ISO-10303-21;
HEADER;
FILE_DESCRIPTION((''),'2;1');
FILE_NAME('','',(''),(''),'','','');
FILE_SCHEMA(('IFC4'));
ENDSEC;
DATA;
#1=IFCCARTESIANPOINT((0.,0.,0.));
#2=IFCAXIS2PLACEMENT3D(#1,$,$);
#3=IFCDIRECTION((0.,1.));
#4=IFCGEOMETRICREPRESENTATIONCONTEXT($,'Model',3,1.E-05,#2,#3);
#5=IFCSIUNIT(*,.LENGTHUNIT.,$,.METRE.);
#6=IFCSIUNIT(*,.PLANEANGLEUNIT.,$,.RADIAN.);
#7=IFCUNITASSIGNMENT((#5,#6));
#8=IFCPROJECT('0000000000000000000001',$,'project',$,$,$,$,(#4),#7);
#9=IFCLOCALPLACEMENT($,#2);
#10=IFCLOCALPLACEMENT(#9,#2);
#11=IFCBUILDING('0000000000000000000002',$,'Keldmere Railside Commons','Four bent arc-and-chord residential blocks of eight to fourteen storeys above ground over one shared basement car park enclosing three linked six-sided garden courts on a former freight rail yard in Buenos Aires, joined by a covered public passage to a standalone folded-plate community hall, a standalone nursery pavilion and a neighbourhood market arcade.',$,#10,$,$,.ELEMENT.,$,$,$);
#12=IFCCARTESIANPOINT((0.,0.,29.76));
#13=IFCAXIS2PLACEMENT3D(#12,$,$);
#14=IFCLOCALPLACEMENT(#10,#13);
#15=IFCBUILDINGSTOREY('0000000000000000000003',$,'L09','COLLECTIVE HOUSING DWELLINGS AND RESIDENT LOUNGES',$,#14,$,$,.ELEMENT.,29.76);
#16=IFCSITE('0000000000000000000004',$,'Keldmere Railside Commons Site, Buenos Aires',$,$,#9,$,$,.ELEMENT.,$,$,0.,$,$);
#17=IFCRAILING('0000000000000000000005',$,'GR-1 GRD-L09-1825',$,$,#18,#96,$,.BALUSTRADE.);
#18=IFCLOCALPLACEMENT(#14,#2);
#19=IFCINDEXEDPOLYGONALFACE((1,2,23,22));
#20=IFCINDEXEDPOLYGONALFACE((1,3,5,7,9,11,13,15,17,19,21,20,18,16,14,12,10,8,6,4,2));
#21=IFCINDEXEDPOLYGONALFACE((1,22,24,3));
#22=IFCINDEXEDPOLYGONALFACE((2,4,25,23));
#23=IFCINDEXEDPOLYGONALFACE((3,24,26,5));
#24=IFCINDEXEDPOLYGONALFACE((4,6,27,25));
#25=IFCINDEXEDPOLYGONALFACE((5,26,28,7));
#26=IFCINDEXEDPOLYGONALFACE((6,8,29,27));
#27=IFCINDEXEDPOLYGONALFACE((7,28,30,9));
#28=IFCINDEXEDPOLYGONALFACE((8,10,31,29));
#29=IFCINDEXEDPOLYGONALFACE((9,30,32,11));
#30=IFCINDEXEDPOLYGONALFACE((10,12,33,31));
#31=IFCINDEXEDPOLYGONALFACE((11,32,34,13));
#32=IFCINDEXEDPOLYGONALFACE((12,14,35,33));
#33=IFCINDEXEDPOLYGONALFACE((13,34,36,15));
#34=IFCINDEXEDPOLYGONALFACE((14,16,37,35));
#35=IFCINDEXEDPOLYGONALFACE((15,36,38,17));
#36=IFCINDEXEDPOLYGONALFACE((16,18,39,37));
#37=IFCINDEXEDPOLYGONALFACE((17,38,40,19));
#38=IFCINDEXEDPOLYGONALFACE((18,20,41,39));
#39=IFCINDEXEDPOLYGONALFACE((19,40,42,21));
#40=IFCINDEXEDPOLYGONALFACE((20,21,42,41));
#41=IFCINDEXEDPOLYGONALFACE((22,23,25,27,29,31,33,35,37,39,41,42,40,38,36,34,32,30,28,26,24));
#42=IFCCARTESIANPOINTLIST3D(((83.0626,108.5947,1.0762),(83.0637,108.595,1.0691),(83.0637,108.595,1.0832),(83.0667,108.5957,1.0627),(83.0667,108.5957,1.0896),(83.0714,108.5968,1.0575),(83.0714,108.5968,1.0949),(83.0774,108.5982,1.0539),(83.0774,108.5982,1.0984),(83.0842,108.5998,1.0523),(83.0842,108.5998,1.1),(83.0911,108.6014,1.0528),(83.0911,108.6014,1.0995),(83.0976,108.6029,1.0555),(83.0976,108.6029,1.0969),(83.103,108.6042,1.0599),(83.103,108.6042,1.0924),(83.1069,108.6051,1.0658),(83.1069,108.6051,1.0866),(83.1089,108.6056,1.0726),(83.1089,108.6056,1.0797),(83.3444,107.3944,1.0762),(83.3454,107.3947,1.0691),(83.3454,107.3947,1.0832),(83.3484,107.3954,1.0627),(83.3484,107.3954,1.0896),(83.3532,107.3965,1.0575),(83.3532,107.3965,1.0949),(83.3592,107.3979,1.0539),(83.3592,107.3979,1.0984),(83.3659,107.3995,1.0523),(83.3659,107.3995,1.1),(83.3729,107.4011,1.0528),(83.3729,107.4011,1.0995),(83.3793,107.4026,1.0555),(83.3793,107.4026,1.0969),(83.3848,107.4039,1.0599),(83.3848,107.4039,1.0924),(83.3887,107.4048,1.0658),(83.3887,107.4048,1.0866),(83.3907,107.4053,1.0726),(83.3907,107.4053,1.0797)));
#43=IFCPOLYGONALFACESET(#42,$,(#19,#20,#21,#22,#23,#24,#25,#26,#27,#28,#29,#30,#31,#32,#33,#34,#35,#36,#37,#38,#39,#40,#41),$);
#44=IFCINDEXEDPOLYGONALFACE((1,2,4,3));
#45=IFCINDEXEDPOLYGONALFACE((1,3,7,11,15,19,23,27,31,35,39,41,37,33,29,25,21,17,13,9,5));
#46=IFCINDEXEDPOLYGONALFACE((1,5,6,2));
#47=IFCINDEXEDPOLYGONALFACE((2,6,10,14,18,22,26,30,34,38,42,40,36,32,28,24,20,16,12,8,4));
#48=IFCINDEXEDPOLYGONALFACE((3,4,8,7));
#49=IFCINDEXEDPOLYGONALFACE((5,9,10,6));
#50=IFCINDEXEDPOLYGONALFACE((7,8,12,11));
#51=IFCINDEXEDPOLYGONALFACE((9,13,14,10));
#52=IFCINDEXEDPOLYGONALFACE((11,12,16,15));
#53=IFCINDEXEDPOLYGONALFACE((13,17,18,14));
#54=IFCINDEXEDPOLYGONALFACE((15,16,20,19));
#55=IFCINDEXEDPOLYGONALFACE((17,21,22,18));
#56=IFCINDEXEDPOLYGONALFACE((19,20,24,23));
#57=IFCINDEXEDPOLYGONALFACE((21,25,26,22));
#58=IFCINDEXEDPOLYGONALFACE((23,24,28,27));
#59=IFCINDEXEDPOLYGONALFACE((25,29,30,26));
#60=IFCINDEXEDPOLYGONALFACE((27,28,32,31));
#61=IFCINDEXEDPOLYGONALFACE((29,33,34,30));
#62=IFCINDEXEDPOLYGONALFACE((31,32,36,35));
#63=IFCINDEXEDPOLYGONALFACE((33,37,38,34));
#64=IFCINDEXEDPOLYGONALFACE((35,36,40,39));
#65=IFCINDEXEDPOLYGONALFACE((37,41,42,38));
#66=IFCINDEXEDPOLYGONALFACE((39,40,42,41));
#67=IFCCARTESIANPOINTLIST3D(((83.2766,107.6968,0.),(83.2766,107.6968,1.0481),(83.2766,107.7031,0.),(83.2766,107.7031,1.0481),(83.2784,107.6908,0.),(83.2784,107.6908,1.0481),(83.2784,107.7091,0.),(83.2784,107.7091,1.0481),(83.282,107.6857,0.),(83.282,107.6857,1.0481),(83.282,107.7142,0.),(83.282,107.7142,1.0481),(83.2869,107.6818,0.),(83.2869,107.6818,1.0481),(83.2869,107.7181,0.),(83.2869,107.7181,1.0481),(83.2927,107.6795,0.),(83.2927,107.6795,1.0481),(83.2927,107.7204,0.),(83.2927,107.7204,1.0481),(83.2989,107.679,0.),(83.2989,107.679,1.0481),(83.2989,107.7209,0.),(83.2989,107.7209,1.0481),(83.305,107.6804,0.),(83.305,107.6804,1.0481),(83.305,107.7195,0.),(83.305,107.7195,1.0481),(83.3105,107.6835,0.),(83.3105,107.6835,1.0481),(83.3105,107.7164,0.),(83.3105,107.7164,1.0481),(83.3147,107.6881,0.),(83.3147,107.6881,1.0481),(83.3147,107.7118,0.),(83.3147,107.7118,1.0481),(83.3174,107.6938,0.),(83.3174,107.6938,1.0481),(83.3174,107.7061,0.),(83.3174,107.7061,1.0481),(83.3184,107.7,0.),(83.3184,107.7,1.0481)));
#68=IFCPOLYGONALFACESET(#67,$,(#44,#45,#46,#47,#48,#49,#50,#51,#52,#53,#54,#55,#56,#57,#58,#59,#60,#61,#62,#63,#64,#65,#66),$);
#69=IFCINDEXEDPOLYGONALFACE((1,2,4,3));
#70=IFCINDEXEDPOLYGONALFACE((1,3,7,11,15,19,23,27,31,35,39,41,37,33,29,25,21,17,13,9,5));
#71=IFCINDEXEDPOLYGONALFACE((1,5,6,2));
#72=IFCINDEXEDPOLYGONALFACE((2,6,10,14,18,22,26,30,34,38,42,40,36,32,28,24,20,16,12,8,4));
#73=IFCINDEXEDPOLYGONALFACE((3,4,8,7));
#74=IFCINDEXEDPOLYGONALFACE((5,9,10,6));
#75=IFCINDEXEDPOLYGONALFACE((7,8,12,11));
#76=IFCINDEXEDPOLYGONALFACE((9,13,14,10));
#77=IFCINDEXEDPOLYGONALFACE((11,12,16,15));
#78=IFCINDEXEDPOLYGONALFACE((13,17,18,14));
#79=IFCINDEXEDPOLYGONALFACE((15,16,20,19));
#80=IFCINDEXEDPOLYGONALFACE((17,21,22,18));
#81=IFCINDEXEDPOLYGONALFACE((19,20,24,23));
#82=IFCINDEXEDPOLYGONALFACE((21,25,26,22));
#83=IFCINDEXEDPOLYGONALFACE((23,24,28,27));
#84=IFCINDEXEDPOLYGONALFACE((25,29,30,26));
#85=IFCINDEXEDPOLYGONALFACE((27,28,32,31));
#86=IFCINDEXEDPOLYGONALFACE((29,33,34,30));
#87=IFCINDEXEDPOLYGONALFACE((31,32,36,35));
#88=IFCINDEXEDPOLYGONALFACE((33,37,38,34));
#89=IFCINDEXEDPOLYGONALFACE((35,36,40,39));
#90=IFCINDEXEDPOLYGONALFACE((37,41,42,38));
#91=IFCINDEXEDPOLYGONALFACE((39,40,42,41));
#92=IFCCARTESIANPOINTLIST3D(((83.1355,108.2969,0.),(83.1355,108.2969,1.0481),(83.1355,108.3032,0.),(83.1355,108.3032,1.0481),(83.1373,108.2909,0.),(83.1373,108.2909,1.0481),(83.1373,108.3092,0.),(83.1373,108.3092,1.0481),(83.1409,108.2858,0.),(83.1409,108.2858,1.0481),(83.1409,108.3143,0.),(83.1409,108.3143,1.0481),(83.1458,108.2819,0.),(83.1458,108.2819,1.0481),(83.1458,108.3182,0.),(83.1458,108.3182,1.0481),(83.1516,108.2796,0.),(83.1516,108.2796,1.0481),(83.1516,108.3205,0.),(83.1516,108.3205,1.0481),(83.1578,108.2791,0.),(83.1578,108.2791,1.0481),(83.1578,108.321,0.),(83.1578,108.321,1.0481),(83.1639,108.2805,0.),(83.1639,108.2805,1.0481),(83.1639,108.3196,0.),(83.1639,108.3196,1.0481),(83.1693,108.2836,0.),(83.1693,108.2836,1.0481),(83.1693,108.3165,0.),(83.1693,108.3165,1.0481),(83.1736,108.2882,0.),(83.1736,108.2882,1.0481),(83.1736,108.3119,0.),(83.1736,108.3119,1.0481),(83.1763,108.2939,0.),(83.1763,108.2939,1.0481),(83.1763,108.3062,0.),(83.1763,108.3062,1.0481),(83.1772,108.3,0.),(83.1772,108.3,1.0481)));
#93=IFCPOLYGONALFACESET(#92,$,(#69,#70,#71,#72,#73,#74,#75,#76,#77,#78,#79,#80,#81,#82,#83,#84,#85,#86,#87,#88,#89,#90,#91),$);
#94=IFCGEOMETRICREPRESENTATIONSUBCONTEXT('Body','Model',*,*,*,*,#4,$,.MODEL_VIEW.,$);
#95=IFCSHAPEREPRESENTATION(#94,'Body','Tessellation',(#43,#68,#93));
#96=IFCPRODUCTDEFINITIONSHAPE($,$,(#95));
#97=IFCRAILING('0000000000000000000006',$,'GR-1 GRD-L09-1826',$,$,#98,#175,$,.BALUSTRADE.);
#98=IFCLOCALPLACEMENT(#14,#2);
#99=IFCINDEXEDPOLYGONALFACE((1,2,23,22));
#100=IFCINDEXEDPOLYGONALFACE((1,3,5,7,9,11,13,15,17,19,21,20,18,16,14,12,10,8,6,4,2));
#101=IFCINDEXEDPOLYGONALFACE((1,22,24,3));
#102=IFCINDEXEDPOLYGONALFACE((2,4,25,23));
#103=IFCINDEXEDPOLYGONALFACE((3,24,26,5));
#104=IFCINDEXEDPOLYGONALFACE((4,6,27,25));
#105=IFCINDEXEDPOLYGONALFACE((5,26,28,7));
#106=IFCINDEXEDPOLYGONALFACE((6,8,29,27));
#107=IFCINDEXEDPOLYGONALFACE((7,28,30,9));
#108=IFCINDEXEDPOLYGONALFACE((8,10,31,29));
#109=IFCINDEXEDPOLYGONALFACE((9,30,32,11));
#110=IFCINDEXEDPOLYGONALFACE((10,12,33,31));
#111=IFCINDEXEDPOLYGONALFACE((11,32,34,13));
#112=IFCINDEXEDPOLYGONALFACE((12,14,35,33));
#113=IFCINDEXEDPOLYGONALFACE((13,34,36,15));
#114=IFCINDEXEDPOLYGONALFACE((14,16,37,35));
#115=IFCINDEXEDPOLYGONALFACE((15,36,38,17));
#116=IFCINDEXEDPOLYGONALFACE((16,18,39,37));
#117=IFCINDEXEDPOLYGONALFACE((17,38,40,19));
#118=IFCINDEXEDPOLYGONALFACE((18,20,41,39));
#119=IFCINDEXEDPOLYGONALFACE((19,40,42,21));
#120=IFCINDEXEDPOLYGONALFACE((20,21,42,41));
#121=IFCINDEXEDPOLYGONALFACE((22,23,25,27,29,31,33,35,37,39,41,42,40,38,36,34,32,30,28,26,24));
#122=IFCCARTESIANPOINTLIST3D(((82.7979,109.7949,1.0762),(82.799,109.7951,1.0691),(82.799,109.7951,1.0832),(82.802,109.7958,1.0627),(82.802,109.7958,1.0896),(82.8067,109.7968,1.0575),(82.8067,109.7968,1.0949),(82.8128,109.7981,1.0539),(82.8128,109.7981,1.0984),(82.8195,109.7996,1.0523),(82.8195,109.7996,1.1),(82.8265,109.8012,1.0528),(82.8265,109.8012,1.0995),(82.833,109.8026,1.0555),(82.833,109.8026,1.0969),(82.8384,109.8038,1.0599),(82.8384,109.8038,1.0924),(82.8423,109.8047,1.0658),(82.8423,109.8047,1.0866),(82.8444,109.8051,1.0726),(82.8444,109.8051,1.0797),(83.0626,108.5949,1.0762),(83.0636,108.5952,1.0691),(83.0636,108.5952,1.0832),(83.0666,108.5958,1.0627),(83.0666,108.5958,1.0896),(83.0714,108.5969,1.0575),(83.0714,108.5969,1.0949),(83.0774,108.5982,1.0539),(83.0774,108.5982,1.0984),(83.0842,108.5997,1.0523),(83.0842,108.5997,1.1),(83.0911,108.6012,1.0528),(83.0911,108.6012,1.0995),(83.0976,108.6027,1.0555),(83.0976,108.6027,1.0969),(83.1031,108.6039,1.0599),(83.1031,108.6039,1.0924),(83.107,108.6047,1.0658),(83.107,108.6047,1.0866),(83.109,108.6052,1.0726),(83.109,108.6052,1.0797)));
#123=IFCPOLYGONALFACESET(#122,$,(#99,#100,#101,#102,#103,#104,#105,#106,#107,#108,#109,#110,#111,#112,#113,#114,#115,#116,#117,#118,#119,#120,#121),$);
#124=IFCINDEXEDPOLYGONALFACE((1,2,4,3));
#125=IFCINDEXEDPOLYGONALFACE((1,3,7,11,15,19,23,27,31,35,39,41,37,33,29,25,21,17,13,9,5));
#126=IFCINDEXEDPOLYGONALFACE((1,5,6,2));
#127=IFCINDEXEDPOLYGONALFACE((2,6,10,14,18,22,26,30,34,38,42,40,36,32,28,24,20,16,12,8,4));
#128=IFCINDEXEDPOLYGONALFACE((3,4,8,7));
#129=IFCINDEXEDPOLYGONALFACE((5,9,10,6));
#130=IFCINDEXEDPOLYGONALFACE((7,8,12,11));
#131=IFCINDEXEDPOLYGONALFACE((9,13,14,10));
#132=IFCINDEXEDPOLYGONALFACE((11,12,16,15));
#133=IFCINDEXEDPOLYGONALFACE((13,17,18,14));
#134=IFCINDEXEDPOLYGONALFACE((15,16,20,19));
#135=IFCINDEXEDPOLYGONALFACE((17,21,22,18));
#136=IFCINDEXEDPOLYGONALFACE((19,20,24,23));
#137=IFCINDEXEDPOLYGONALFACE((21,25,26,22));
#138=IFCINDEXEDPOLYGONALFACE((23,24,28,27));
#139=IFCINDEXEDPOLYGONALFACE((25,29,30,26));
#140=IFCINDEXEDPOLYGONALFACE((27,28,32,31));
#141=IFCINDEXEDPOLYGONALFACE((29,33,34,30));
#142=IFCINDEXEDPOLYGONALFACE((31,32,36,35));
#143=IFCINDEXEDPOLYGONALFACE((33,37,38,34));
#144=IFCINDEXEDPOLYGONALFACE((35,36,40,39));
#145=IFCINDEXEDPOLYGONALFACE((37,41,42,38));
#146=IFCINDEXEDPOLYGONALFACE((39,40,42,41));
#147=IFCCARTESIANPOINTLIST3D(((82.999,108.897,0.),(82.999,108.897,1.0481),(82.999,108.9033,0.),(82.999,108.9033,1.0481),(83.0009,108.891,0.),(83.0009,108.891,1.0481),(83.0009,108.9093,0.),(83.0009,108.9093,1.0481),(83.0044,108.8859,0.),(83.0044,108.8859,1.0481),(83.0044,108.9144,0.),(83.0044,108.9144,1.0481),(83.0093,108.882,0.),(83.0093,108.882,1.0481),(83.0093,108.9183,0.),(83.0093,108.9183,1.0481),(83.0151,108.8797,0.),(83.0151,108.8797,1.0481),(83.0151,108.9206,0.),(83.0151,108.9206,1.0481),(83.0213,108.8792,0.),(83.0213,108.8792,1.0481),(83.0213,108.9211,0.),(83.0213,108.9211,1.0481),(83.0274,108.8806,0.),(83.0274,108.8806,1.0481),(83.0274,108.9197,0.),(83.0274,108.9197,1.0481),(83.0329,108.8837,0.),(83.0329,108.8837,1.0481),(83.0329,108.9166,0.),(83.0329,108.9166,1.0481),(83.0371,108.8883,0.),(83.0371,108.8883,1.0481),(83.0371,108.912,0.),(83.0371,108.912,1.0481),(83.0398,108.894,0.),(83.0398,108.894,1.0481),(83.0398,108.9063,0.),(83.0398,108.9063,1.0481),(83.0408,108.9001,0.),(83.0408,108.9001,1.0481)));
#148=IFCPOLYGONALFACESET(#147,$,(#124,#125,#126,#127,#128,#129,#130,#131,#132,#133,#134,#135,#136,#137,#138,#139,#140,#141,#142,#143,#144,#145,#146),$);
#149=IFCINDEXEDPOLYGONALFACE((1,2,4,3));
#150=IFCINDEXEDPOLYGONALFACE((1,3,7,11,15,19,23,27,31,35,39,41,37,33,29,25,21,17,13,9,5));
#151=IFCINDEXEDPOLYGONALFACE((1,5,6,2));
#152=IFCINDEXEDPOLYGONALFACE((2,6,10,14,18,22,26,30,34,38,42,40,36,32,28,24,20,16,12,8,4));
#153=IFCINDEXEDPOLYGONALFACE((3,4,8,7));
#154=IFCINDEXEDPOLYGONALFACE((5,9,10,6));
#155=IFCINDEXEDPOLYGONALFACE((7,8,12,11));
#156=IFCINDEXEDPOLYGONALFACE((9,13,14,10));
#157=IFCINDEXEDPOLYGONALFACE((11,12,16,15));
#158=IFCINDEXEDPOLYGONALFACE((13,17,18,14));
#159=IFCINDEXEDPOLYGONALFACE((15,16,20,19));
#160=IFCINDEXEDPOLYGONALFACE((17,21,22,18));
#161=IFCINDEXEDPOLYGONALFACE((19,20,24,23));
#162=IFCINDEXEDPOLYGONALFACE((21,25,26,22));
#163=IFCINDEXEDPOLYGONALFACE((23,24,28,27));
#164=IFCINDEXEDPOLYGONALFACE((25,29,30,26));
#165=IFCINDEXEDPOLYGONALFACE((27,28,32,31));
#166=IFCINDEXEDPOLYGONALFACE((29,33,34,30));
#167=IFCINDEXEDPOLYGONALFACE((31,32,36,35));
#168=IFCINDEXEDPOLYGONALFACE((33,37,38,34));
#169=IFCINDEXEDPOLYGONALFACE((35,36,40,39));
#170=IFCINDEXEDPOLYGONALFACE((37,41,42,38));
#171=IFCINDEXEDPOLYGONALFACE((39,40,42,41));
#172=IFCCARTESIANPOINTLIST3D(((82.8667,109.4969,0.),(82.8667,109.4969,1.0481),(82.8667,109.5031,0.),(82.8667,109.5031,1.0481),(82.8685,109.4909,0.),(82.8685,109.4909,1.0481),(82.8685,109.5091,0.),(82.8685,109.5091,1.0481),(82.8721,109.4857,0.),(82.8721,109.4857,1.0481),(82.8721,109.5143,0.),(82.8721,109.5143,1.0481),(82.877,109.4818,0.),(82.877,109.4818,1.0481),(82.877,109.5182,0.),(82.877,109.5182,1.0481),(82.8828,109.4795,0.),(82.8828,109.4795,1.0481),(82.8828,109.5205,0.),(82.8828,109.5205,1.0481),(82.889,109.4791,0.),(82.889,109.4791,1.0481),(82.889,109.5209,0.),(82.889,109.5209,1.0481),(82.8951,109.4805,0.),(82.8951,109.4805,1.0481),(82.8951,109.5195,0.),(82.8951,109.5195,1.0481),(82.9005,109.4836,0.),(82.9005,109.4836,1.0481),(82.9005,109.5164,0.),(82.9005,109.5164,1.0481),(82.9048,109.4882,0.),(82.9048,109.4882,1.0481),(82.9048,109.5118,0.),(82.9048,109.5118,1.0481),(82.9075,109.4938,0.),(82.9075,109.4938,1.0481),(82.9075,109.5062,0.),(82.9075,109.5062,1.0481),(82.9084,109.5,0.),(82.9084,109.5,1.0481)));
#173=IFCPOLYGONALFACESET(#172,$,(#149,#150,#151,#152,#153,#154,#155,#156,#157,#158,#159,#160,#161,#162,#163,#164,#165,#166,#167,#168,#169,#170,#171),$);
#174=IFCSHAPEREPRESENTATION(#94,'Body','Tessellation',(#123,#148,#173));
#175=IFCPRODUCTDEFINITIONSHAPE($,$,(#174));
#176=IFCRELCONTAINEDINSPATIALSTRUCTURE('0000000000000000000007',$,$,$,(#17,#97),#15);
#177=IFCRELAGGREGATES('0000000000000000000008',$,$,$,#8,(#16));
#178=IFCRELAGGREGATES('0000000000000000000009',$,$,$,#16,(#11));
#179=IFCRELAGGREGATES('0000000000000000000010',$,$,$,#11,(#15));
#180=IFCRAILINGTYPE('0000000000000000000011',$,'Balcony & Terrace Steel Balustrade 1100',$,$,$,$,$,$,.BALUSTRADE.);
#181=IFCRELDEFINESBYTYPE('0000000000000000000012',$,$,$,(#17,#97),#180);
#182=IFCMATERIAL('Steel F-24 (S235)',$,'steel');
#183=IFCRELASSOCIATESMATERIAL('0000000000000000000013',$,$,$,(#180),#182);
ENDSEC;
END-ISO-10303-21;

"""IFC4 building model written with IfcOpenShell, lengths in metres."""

from ifc_helpers import new_model, si_unit, direction, frame, origin, origin_2d, place, context, subcontext, project, spatial, circle, extrude, material, type_object, element, save


model = new_model("IFC4")

# Units and contexts
model_context = context("Model", 3, precision=1e-05, world=origin(), true_north=direction((0.0, 1.0)))
body_context = subcontext(model_context, "Body", "Model", "MODEL_VIEW")
ifc_project = project(units=[si_unit("LENGTHUNIT", "METRE"), si_unit("PLANEANGLEUNIT", "RADIAN")], contexts=[model_context])

# Site, building, storey
site_placement = place(None, origin())
site = spatial("IfcSite", under=ifc_project, at=site_placement, Name="Keldmere Railside Commons Site, Buenos Aires", CompositionType="ELEMENT", RefElevation=0.0)
building_placement = place(site_placement, origin())
building = spatial("IfcBuilding", under=site, at=building_placement, Name="Keldmere Railside Commons", Description="Four bent arc-and-chord residential blocks of eight to fourteen storeys above ground over one shared basement car park enclosing three linked six-sided garden courts on a former freight rail yard in Buenos Aires, joined by a covered public passage to a standalone folded-plate community hall, a standalone nursery pavilion and a neighbourhood market arcade.", CompositionType="ELEMENT")
storey_placement = place(building_placement, frame((0.0, 0.0, 29.76)))
storey = spatial("IfcBuildingStorey", under=building, at=storey_placement, Name="L09", Description="COLLECTIVE HOUSING DWELLINGS AND RESIDENT LOUNGES", CompositionType="ELEMENT", Elevation=29.76)

# Shared definitions
ifc_material_1 = material(Name="Steel F-24 (S235)", Category="steel")

# Railings
railing_type_1 = type_object("IfcRailingType", Name="Balcony & Terrace Steel Balustrade 1100", PredefinedType="BALUSTRADE", material=ifc_material_1)
railing_1_placement = place(storey_placement, frame((83.3677, 107.3999, 0.0)))
element("IfcRailing", 1, at=railing_1_placement, inside=storey, type_object=railing_type_1, Name="GR-1 GRD-L09-1825", PredefinedType="BALUSTRADE", context=body_context, shape_type="SweptSolid", body=[
    extrude(circle(Radius=0.0239, at=origin_2d()), frame((0.0, 0.0, 1.0762), z_axis=(-0.228532, 0.973537, 0.0), x_axis=(-0.973537, -0.228532, 0.0)), (0.0, 0.0, 1.0), 1.2329),
    extrude(circle(Radius=0.021, at=origin_2d()), frame((-0.0703, 0.3, 0.0)), (0.0, 0.0, 1.0), 1.0481),
    extrude(circle(Radius=0.021, at=origin_2d()), frame((-0.2114, 0.9001, 0.0)), (0.0, 0.0, 1.0), 1.0481),
])
railing_2_placement = place(storey_placement, frame((83.0859, 108.6001, 0.0)))
element("IfcRailing", 2, at=railing_2_placement, inside=storey, type_object=railing_type_1, Name="GR-1 GRD-L09-1826", PredefinedType="BALUSTRADE", context=body_context, shape_type="SweptSolid", body=[
    extrude(circle(Radius=0.0239, at=origin_2d()), frame((0.0, 0.0, 1.0762), z_axis=(-0.215373, 0.976532, 0.0), x_axis=(-0.976532, -0.215373, 0.0)), (0.0, 0.0, 1.0), 1.2288),
    extrude(circle(Radius=0.021, at=origin_2d()), frame((-0.0662, 0.3, 0.0)), (0.0, 0.0, 1.0), 1.0481),
    extrude(circle(Radius=0.021, at=origin_2d()), frame((-0.1985, 0.8999, 0.0)), (0.0, 0.0, 1.0), 1.0481),
])

save(model, "model.ifc")
